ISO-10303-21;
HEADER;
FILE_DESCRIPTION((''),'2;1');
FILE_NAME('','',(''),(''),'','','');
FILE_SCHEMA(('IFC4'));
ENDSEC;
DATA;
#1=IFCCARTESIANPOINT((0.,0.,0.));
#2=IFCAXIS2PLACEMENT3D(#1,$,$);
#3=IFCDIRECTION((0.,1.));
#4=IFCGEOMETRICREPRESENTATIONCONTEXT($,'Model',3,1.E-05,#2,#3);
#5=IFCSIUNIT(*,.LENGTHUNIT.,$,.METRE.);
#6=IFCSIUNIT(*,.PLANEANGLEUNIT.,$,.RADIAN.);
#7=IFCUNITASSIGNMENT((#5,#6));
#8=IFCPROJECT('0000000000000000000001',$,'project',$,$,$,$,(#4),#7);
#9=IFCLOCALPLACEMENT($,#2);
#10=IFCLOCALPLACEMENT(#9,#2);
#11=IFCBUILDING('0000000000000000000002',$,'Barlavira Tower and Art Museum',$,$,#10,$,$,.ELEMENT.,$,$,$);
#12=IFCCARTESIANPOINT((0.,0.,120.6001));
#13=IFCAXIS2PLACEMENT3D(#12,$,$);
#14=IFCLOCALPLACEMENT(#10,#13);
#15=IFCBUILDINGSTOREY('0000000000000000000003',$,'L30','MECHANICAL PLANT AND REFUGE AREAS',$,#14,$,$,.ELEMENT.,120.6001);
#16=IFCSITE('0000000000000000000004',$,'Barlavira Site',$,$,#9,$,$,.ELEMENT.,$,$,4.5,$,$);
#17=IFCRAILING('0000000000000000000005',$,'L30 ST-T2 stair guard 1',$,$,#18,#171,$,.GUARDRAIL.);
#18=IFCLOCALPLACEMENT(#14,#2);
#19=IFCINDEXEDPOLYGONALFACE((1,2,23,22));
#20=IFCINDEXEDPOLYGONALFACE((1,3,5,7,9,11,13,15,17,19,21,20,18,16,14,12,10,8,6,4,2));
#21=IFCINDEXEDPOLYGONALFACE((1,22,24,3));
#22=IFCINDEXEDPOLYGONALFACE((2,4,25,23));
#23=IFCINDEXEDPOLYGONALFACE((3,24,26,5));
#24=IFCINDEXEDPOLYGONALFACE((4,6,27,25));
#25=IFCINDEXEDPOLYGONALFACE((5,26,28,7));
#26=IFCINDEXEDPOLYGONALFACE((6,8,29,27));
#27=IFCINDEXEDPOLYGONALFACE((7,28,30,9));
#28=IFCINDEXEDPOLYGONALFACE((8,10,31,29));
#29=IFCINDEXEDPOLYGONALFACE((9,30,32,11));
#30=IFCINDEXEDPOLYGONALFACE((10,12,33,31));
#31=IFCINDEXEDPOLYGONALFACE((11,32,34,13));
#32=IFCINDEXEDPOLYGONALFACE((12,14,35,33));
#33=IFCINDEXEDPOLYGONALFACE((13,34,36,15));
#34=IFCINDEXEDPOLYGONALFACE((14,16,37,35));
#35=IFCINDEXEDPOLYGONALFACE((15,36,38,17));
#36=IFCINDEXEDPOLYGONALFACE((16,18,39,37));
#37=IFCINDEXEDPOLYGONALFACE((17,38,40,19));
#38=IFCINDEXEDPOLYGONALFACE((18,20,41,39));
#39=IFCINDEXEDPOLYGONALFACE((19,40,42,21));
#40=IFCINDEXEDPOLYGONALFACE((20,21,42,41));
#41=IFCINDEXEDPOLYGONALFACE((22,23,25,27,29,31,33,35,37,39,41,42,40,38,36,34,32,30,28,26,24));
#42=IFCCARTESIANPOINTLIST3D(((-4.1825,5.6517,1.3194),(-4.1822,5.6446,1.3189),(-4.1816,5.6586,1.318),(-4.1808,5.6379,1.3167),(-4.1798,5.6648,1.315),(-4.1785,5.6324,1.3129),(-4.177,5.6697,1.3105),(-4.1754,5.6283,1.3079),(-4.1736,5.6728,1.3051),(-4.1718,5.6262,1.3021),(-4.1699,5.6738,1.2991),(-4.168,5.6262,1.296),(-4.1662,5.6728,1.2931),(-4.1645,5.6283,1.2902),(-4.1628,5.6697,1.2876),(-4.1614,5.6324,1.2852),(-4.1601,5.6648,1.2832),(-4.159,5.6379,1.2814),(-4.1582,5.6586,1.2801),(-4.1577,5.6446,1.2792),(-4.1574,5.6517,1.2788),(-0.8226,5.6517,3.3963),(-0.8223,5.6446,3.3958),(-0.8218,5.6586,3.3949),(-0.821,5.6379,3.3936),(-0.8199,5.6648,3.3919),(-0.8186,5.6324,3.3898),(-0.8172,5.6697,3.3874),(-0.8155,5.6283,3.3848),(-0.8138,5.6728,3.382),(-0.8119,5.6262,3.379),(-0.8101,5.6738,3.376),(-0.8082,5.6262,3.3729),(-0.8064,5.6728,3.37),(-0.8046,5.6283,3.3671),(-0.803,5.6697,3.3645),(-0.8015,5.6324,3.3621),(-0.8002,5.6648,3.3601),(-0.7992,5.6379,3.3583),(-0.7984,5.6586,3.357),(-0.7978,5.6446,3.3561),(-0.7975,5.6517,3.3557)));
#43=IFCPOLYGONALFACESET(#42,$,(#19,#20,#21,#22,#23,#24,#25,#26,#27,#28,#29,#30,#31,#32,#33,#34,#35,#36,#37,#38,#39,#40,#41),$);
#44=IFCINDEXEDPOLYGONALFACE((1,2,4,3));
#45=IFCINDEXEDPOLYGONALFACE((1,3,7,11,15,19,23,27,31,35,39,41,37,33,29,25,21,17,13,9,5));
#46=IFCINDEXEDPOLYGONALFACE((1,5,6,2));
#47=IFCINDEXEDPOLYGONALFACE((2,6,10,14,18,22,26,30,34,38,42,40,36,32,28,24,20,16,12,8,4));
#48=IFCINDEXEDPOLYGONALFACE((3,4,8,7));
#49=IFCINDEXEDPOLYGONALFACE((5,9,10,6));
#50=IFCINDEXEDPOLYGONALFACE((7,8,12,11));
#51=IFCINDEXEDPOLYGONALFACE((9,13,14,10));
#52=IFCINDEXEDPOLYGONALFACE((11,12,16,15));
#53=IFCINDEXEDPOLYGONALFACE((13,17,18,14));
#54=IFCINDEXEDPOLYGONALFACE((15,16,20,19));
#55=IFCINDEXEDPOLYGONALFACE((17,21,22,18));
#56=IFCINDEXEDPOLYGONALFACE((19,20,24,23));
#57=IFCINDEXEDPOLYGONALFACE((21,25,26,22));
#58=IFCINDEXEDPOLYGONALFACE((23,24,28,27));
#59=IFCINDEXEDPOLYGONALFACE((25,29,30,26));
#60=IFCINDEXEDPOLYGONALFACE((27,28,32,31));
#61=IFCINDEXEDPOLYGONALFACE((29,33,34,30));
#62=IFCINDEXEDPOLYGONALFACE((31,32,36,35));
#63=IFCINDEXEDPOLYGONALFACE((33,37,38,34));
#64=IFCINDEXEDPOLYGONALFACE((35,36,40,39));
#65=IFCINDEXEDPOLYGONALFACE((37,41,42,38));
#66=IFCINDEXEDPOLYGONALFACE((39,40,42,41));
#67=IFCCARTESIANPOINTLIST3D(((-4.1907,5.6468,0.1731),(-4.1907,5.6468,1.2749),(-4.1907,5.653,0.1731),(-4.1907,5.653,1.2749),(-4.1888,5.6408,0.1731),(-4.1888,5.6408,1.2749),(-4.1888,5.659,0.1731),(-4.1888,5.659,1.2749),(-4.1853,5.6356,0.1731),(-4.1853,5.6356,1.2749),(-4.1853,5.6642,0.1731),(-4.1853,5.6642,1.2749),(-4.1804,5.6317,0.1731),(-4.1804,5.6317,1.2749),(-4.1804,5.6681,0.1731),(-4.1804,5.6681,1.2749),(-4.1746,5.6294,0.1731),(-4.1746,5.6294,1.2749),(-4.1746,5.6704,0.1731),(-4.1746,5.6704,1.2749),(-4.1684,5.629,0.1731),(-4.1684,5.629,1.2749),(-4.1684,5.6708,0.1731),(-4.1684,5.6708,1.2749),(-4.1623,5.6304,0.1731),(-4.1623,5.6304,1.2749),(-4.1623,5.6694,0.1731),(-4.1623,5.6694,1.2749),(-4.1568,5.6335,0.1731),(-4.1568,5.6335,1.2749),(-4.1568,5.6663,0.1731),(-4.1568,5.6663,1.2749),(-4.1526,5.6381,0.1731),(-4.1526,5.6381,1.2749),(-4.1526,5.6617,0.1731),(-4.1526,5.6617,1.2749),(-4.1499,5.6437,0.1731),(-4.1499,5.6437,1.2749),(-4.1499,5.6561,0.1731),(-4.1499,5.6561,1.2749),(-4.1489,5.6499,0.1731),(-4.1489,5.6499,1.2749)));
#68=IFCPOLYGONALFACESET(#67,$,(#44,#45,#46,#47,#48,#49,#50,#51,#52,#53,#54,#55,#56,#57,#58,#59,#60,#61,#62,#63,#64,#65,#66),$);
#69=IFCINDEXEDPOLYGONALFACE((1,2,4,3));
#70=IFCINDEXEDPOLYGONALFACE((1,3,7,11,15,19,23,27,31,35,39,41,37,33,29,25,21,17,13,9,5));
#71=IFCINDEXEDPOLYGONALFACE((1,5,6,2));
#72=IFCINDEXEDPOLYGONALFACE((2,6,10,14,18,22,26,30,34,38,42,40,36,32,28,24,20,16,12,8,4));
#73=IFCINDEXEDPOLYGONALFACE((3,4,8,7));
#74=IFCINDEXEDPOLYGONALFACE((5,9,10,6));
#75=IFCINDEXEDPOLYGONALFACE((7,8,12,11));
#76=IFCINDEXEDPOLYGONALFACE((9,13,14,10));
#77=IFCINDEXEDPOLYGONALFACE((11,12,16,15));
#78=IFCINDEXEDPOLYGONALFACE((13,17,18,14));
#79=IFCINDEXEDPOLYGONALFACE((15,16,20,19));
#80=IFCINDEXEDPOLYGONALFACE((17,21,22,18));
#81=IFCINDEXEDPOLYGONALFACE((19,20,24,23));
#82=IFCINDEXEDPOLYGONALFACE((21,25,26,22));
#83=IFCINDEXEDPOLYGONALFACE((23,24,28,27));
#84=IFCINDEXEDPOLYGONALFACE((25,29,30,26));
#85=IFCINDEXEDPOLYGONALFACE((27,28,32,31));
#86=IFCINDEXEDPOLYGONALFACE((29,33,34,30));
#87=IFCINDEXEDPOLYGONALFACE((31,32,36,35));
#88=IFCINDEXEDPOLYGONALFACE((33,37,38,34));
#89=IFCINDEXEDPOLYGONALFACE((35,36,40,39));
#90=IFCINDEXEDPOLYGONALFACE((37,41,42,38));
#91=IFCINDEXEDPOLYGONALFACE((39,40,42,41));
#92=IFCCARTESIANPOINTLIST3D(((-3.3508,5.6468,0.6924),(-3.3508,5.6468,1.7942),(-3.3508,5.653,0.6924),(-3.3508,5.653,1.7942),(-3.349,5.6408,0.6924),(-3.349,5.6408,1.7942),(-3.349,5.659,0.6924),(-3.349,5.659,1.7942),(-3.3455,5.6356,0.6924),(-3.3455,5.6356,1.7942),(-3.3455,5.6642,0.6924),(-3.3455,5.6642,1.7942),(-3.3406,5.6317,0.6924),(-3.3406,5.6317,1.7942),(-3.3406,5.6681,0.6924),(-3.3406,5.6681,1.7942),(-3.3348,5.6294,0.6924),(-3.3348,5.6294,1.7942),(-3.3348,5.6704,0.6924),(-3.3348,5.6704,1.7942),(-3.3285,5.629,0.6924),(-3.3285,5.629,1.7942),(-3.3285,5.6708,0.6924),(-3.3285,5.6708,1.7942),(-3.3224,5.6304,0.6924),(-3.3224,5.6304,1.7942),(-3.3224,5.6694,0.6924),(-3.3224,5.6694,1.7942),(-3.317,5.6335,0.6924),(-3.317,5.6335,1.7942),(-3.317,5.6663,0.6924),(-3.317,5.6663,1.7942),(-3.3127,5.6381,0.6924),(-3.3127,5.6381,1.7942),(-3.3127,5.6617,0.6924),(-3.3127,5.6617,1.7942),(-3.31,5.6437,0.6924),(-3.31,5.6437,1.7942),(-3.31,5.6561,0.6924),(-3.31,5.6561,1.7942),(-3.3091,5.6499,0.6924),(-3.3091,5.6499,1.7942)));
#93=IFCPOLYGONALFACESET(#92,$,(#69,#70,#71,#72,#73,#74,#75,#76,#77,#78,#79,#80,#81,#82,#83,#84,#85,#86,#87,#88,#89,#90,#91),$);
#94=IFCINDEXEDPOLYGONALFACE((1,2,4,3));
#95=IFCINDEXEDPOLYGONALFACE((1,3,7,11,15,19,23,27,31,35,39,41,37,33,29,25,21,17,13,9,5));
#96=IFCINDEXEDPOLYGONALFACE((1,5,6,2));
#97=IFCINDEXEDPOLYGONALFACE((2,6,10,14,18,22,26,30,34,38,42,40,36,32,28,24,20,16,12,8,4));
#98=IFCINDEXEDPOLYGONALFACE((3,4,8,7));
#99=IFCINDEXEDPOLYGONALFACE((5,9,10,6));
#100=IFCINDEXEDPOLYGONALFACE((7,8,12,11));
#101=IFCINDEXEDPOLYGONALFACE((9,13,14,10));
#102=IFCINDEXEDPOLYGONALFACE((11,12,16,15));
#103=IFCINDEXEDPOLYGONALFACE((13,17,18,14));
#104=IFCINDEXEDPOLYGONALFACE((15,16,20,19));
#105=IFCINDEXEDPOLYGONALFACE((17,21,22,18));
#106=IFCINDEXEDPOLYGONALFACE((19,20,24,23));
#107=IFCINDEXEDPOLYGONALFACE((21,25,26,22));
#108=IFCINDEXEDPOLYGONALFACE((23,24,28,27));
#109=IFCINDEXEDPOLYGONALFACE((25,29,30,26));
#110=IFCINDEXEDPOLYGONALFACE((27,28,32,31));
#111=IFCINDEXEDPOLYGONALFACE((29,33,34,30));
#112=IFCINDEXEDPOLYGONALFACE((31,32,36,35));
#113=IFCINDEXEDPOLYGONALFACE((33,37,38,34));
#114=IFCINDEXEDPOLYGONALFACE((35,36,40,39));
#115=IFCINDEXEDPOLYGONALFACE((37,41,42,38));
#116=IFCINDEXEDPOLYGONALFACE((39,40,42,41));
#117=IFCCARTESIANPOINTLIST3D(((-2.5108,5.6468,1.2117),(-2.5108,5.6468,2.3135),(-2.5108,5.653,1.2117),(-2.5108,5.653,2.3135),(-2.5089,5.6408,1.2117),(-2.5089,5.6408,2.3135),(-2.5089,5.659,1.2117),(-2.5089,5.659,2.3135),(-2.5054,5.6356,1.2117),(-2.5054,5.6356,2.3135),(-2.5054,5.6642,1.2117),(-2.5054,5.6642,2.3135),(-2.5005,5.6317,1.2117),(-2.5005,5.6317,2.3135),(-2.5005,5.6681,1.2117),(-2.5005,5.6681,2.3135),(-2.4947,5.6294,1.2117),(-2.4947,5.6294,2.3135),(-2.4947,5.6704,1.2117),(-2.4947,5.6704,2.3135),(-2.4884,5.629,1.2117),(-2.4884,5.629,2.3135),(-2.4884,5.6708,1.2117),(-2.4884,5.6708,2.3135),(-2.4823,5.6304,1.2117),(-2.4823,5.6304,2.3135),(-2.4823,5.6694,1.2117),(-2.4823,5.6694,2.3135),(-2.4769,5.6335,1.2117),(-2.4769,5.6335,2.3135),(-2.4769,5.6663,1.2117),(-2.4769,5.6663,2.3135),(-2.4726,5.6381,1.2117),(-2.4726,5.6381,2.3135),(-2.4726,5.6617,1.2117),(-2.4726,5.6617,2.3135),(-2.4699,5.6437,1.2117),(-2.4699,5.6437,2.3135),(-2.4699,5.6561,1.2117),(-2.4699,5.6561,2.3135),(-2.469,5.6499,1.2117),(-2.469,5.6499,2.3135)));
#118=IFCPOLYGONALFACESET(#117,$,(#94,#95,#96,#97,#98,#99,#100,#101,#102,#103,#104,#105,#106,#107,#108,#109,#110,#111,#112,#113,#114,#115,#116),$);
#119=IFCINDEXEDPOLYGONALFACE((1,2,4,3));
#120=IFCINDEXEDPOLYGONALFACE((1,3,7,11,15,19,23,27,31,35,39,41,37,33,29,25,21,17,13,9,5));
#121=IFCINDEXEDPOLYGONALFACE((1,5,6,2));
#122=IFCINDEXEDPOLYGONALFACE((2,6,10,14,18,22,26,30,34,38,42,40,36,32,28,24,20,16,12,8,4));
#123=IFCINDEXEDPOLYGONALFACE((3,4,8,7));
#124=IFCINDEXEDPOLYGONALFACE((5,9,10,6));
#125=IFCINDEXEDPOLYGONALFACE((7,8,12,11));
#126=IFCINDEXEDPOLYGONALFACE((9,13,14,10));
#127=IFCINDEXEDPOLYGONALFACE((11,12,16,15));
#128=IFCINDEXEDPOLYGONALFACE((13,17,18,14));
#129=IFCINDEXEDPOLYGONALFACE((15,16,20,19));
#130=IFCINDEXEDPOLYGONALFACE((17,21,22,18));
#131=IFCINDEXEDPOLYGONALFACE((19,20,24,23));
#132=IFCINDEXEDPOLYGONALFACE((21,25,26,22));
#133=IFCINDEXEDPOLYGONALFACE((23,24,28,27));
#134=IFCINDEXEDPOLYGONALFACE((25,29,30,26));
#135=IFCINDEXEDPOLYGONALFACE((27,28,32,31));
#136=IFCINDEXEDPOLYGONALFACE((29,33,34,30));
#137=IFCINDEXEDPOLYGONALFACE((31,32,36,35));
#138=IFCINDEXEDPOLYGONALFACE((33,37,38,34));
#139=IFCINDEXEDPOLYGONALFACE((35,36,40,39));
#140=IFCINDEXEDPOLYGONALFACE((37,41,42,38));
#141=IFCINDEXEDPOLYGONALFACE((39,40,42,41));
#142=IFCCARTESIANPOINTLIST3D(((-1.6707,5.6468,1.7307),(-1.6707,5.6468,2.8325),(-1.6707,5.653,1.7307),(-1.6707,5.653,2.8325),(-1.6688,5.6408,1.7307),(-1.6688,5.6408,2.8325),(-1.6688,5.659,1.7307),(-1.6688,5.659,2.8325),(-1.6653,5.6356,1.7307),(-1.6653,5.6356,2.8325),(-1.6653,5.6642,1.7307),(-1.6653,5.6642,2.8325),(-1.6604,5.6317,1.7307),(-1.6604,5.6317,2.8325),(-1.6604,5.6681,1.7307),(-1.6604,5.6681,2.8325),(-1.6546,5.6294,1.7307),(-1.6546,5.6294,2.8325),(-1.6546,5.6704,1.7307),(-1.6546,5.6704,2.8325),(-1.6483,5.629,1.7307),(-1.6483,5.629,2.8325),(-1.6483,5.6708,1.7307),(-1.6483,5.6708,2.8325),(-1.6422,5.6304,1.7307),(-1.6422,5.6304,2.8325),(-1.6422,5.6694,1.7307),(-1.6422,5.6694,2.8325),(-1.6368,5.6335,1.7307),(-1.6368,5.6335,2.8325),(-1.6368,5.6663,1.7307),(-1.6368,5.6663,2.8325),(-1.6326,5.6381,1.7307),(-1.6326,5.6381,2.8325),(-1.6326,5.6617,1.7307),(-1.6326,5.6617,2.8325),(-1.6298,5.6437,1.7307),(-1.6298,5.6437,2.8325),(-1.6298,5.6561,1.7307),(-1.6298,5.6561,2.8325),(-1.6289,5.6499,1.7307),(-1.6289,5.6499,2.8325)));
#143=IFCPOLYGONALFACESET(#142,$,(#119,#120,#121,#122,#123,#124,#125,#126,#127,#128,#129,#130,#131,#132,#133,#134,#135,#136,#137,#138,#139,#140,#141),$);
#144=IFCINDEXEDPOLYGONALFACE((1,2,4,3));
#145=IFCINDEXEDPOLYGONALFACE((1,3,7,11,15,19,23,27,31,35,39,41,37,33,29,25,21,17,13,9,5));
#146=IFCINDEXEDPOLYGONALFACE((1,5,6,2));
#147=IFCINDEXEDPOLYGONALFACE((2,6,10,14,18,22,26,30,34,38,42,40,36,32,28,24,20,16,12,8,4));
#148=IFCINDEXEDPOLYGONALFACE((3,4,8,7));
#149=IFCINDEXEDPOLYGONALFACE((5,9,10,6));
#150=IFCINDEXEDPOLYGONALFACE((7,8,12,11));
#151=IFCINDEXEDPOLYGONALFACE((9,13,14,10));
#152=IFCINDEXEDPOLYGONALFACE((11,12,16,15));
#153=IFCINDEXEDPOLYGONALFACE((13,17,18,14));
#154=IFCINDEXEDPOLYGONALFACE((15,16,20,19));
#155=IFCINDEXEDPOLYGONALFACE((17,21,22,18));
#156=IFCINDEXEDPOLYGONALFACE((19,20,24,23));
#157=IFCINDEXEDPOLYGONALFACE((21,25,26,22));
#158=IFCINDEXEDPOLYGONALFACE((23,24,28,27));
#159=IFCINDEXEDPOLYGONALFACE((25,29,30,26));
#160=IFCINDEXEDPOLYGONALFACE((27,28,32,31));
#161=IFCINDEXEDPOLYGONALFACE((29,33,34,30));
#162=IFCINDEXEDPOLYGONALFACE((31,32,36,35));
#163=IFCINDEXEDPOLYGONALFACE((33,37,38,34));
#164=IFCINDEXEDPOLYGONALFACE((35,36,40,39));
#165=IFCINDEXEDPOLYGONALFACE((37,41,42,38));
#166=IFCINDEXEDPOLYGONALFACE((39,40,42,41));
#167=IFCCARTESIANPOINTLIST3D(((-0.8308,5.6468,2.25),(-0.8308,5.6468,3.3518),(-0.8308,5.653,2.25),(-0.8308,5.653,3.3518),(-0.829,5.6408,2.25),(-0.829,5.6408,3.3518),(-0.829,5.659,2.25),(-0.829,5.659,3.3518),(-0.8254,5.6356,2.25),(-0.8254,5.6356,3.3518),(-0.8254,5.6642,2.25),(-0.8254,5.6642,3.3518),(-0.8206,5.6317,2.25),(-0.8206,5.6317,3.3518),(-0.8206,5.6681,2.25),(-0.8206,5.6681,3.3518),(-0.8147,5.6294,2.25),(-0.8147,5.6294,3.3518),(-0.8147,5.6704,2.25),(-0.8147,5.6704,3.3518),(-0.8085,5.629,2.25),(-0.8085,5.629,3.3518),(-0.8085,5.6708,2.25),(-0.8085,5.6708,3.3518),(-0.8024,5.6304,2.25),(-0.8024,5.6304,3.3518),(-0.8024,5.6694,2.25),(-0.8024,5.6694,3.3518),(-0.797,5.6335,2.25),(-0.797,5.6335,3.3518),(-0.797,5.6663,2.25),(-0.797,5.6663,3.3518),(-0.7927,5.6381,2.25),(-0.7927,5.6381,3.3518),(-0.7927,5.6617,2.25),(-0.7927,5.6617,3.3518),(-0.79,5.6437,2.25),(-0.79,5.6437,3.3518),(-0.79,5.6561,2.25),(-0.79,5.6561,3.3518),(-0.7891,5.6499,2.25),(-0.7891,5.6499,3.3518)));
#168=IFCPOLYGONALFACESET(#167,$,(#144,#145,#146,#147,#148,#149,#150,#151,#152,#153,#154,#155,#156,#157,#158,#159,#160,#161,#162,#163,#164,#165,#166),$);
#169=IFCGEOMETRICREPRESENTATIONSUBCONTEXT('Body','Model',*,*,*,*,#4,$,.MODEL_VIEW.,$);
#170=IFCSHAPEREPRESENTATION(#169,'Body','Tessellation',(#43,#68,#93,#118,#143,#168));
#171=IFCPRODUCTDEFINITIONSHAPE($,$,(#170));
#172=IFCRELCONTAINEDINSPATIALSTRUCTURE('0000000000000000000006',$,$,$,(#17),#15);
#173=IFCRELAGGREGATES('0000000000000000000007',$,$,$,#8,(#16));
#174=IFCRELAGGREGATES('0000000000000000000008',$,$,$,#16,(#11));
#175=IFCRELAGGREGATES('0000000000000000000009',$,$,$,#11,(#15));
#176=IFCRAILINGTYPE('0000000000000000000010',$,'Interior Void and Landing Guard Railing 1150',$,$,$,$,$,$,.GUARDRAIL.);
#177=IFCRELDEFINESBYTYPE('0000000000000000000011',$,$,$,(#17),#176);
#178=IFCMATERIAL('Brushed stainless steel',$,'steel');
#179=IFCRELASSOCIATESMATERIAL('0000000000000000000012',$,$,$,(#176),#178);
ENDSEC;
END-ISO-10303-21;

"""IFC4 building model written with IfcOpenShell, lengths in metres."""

from ifc_helpers import new_model, si_unit, direction, frame, origin, origin_2d, place, context, subcontext, project, spatial, circle, extrude, material, type_object, element, save


model = new_model("IFC4")

# Units and contexts
model_context = context("Model", 3, precision=1e-05, world=origin(), true_north=direction((0.0, 1.0)))
body_context = subcontext(model_context, "Body", "Model", "MODEL_VIEW")
ifc_project = project(units=[si_unit("LENGTHUNIT", "METRE"), si_unit("PLANEANGLEUNIT", "RADIAN")], contexts=[model_context])

# Site, building, storey
site_placement = place(None, origin())
site = spatial("IfcSite", under=ifc_project, at=site_placement, Name="Barlavira Site", CompositionType="ELEMENT", RefElevation=4.5)
building_placement = place(site_placement, origin())
building = spatial("IfcBuilding", under=site, at=building_placement, Name="Barlavira Tower and Art Museum", CompositionType="ELEMENT")
storey_placement = place(building_placement, frame((0.0, 0.0, 120.6001)))
storey = spatial("IfcBuildingStorey", under=building, at=storey_placement, Name="L30", Description="MECHANICAL PLANT AND REFUGE AREAS", CompositionType="ELEMENT", Elevation=120.6001)

# Shared definitions
ifc_material_1 = material(Name="Brushed stainless steel", Category="steel")

# Railing
railing_type_1 = type_object("IfcRailingType", Name="Interior Void and Landing Guard Railing 1150", PredefinedType="GUARDRAIL", material=ifc_material_1)
railing_1_placement = place(storey_placement, frame((-4.1699, 5.6499, 0.1731)))
element("IfcRailing", 1, at=railing_1_placement, inside=storey, type_object=railing_type_1, Name="L30 ST-T2 stair guard 1", PredefinedType="GUARDRAIL", context=body_context, shape_type="SweptSolid", body=[
    extrude(circle(Radius=0.0239, at=origin_2d()), frame((0.0, 0.0, 1.126), z_axis=(0.850606, 0.0, 0.525803), x_axis=(0.0, 1.0, 0.0)), (0.0, 0.0, 1.0), 3.95),
    extrude(circle(Radius=0.021, at=origin_2d()), origin(), (0.0, 0.0, 1.0), 1.1018),
    extrude(circle(Radius=0.021, at=origin_2d()), frame((0.8398, 0.0, 0.5193)), (0.0, 0.0, 1.0), 1.1018),
    extrude(circle(Radius=0.021, at=origin_2d()), frame((1.6799, 0.0, 1.0386)), (0.0, 0.0, 1.0), 1.1018),
    extrude(circle(Radius=0.021, at=origin_2d()), frame((2.52, 0.0, 1.5576)), (0.0, 0.0, 1.0), 1.1018),
    extrude(circle(Radius=0.021, at=origin_2d()), frame((3.3599, 0.0, 2.0769)), (0.0, 0.0, 1.0), 1.1018),
])

save(model, "model.ifc")
